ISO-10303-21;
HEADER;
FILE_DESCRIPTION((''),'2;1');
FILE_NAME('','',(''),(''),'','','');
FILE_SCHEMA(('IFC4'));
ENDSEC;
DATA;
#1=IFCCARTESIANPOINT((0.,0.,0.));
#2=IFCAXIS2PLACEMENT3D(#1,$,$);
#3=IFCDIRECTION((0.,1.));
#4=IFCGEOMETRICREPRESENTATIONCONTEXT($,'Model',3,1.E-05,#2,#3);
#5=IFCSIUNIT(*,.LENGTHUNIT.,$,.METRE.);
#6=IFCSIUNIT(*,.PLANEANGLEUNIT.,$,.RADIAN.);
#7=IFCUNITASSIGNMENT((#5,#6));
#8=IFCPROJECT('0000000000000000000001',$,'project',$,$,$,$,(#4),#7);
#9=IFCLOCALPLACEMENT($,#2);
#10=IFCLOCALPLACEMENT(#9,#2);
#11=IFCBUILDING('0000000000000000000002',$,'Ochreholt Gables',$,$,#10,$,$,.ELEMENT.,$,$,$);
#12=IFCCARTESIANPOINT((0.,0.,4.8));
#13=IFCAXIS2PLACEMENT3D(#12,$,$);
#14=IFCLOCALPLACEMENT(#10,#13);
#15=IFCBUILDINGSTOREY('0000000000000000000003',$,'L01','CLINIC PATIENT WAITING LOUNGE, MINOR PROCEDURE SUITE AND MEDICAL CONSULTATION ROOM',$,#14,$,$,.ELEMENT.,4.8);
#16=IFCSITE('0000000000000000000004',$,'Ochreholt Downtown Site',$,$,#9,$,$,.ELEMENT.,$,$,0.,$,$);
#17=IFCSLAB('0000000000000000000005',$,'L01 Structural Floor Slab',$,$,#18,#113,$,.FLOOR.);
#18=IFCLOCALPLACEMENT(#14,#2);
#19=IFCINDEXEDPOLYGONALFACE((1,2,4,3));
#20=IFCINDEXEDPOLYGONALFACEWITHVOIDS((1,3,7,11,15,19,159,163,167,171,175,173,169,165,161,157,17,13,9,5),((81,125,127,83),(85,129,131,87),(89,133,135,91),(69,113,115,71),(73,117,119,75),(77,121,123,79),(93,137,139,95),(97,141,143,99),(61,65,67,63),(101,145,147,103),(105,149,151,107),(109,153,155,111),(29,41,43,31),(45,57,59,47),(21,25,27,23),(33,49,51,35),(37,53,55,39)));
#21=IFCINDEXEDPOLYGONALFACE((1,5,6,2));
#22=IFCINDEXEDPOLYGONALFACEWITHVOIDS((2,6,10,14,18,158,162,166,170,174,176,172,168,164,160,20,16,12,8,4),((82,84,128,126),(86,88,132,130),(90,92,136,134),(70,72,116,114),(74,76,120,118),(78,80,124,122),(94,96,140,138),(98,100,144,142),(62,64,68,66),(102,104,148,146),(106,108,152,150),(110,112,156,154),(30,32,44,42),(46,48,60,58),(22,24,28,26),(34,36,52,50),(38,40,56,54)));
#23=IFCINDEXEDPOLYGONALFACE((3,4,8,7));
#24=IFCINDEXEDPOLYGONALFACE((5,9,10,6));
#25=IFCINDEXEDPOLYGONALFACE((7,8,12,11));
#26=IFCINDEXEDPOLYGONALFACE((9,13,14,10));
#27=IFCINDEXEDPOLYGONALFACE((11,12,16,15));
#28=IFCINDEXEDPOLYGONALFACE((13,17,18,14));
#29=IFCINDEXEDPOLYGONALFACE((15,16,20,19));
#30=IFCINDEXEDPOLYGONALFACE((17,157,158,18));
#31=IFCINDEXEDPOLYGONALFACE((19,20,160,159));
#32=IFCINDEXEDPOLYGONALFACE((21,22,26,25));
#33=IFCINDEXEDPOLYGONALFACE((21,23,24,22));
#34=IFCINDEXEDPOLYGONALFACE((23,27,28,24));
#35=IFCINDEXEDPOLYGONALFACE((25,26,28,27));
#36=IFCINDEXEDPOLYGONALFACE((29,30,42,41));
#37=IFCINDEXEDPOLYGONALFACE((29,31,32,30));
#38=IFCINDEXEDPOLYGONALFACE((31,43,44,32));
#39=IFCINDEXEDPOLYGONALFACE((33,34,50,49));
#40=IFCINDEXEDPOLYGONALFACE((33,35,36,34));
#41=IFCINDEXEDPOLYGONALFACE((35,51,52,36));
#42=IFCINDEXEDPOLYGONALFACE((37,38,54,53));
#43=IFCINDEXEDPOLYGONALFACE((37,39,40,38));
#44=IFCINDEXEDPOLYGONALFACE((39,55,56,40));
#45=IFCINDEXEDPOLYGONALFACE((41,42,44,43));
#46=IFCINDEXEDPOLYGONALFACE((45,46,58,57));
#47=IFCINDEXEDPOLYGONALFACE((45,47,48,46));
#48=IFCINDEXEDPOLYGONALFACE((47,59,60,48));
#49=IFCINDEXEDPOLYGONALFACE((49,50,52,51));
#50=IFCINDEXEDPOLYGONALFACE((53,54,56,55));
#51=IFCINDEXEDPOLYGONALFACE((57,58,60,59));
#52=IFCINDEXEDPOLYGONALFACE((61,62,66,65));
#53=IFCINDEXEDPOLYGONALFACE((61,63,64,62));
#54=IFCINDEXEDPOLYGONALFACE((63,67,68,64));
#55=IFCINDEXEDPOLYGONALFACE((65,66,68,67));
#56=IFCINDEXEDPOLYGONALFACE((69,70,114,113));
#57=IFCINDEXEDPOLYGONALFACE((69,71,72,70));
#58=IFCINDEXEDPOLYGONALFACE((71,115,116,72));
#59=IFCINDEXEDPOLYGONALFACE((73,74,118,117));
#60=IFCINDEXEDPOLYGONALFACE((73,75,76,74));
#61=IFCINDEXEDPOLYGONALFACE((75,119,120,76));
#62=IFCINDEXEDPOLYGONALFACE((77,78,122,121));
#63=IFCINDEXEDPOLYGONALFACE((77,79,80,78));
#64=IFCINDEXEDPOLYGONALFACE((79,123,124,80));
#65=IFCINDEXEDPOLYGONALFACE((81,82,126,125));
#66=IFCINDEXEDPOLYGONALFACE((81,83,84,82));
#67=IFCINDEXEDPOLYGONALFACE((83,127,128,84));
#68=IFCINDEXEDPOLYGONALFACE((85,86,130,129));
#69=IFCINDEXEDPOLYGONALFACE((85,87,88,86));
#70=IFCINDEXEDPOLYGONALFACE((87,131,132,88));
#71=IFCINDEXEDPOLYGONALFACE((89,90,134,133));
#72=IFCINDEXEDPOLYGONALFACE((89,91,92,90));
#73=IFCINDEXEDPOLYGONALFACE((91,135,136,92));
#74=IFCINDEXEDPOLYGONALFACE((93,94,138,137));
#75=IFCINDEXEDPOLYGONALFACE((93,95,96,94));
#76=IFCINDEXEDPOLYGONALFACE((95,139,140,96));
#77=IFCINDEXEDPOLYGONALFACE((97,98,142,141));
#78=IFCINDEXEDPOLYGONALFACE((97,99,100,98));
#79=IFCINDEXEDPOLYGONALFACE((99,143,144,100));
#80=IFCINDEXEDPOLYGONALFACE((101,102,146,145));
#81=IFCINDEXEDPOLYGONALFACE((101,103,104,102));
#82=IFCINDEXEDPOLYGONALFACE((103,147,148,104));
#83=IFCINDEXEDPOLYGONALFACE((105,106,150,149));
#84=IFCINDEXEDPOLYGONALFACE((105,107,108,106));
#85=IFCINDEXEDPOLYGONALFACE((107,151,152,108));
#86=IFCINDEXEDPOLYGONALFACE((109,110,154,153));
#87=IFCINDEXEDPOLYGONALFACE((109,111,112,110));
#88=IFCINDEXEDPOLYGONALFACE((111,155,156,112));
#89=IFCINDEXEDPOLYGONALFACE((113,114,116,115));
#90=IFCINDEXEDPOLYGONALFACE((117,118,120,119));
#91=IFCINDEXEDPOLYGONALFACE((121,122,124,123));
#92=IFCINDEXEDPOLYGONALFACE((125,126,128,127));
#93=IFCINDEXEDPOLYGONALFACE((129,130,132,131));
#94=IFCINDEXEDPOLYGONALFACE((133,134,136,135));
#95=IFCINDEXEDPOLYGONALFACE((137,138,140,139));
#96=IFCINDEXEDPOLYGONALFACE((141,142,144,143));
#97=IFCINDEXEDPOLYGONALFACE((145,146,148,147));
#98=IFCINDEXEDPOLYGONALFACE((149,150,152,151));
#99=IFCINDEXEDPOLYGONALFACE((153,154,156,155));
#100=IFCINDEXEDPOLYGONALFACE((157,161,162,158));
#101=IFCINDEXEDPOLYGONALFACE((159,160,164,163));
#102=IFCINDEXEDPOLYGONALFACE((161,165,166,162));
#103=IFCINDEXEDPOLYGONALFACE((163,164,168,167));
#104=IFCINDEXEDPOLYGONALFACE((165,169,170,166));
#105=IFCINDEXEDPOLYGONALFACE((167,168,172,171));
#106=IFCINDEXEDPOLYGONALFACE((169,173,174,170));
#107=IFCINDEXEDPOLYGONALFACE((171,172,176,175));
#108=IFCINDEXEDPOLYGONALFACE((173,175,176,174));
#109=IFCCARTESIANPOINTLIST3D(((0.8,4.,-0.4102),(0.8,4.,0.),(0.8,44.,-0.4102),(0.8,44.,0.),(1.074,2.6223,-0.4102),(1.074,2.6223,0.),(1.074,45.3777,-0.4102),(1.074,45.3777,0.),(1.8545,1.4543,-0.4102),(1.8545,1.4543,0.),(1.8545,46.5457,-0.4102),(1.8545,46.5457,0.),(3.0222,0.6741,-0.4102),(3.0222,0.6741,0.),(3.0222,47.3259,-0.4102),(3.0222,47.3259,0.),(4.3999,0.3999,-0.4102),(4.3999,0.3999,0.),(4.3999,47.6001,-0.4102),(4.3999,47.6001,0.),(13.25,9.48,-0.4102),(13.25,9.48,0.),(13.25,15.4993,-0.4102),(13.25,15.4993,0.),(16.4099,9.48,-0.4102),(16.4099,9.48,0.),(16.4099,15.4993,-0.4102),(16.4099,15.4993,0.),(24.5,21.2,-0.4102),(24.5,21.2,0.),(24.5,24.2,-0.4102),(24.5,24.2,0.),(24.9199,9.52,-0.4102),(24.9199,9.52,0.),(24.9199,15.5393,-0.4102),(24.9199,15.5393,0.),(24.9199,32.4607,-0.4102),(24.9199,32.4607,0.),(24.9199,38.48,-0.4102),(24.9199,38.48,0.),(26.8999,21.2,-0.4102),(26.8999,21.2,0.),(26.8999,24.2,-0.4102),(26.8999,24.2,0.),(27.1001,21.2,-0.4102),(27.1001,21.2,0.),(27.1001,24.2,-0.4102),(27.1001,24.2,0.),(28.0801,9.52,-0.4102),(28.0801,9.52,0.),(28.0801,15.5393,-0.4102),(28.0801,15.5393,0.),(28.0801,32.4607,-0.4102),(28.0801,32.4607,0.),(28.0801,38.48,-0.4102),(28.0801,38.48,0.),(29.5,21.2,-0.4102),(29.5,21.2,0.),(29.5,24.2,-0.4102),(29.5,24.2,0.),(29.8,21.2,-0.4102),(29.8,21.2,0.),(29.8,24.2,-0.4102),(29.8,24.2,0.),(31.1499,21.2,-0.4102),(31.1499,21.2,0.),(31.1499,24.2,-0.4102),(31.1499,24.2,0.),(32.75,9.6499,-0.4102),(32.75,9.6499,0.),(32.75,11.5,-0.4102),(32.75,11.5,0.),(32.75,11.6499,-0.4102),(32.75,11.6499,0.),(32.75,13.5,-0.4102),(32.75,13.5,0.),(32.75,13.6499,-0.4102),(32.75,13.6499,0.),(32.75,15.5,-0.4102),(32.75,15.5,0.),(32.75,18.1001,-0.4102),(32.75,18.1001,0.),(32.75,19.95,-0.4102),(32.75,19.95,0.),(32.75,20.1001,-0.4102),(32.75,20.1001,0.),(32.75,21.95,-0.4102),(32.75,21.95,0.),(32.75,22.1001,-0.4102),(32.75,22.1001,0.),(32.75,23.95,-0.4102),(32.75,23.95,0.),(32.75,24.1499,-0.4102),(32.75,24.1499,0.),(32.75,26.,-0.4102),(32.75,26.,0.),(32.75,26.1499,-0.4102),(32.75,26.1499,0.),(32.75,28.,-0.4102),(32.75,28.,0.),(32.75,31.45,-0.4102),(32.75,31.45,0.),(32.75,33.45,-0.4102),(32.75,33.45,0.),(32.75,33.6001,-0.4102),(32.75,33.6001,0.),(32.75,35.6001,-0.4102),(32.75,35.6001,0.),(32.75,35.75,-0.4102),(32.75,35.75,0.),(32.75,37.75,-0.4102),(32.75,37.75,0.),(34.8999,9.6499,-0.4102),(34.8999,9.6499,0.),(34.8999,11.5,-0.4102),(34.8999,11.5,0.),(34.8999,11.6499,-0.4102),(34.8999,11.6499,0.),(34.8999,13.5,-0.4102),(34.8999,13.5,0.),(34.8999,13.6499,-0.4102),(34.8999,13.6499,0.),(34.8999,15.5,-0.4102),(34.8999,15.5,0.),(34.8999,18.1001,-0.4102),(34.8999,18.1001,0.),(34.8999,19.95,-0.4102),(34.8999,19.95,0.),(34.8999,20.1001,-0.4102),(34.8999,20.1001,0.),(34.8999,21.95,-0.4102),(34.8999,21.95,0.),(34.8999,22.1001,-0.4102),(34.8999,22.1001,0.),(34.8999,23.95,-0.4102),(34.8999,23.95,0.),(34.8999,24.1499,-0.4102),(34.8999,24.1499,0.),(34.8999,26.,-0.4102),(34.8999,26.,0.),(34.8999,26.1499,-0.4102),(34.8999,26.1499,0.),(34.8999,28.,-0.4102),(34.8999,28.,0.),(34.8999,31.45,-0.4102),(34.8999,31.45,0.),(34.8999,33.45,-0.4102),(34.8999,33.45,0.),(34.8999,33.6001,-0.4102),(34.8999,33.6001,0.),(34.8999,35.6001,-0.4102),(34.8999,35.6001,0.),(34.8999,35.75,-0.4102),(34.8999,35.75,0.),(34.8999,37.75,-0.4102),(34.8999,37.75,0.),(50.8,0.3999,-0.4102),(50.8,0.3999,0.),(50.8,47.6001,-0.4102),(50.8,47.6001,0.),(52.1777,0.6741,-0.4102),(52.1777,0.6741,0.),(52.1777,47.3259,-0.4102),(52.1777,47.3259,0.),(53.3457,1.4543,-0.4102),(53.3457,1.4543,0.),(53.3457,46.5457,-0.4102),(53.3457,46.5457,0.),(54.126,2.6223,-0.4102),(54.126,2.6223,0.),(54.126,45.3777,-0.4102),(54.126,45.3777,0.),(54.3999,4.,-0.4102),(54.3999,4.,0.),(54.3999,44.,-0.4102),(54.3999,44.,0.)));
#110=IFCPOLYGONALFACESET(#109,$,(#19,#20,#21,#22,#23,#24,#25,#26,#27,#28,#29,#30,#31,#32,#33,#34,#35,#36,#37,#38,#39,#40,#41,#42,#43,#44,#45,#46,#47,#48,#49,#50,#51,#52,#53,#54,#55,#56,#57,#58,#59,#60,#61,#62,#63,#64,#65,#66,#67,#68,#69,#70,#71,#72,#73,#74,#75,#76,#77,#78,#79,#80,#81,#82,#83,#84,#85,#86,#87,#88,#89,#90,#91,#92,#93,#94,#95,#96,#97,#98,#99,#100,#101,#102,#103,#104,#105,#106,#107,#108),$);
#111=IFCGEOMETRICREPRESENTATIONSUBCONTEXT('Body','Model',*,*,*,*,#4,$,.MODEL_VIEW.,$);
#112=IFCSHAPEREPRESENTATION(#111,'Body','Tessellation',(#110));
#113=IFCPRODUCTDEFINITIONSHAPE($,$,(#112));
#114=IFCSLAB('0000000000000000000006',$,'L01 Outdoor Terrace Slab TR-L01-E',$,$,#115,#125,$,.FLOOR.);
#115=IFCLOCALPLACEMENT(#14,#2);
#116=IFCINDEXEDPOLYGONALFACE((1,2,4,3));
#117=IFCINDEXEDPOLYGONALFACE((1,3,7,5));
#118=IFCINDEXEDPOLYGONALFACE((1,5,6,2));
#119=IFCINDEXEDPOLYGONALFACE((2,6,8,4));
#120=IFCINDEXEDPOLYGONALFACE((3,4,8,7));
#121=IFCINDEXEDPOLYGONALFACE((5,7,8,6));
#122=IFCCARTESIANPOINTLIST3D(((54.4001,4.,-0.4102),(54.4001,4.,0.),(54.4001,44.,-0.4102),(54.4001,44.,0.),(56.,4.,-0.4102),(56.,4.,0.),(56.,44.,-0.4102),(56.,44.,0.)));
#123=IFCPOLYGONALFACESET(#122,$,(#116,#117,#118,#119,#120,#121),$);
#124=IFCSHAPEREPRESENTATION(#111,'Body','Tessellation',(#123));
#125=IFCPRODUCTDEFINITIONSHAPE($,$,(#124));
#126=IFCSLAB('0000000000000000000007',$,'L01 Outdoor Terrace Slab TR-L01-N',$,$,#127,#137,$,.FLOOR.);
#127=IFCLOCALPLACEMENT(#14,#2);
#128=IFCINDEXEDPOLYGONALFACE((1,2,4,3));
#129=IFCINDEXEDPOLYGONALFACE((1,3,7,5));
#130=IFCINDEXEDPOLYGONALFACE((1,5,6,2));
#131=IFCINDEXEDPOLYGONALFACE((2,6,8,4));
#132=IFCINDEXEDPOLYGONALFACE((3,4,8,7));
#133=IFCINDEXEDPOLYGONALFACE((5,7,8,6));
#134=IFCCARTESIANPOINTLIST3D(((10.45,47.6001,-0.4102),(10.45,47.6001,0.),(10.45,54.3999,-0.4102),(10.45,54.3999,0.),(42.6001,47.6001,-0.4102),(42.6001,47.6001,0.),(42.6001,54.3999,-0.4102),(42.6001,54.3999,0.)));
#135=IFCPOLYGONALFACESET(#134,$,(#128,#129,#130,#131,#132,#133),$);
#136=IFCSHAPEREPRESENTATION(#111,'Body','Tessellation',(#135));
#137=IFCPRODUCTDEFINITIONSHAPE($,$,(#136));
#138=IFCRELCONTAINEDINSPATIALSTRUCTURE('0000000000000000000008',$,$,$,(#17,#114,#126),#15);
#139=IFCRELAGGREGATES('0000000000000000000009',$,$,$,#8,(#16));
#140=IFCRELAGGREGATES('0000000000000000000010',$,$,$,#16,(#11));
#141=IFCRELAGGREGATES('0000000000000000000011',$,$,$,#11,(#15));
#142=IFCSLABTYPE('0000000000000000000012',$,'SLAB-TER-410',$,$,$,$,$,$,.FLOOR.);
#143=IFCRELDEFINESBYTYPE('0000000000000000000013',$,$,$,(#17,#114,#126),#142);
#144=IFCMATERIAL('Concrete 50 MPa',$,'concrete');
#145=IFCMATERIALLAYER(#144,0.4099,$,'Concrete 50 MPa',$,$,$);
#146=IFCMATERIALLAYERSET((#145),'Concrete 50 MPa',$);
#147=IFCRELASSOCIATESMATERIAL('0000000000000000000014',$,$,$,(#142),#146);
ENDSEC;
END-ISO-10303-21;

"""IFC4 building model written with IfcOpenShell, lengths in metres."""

from ifc_helpers import new_model, si_unit, direction, frame, origin, place, context, subcontext, project, spatial, polyline, outline, extrude, material, layer, layer_set, type_object, element, save


model = new_model("IFC4")

# Units and contexts
model_context = context("Model", 3, precision=1e-05, world=origin(), true_north=direction((0.0, 1.0)))
body_context = subcontext(model_context, "Body", "Model", "MODEL_VIEW")
ifc_project = project(units=[si_unit("LENGTHUNIT", "METRE"), si_unit("PLANEANGLEUNIT", "RADIAN")], contexts=[model_context])

# Site, building, storey
site_placement = place(None, origin())
site = spatial("IfcSite", under=ifc_project, at=site_placement, Name="Ochreholt Downtown Site", CompositionType="ELEMENT", RefElevation=0.0)
building_placement = place(site_placement, origin())
building = spatial("IfcBuilding", under=site, at=building_placement, Name="Ochreholt Gables", CompositionType="ELEMENT")
storey_placement = place(building_placement, frame((0.0, 0.0, 4.8)))
storey = spatial("IfcBuildingStorey", under=building, at=storey_placement, Name="L01", Description="CLINIC PATIENT WAITING LOUNGE, MINOR PROCEDURE SUITE AND MEDICAL CONSULTATION ROOM", CompositionType="ELEMENT", Elevation=4.8)

# Slabs
ifc_material_1 = material(Name="Concrete 50 MPa", Category="concrete")
ifc_layer_1 = layer(ifc_material_1, 0.4099, Name="Concrete 50 MPa")
ifc_layer_set_1 = layer_set([ifc_layer_1], Name="Concrete 50 MPa")
slab_type_1 = type_object("IfcSlabType", Name="SLAB-TER-410", PredefinedType="FLOOR", material=ifc_layer_set_1)
slab_1_placement = place(storey_placement, frame((0.0, 0.0, -0.4102)))
element("IfcSlab", 1, at=slab_1_placement, inside=storey, type_object=slab_type_1, Name="L01 Structural Floor Slab", PredefinedType="FLOOR", context=body_context, shape_type="SweptSolid", body=[
    extrude(outline(polyline([(0.8, 4.0), (1.074, 2.6223), (1.8545, 1.4543), (3.0222, 0.6741), (4.3999, 0.3999), (50.8, 0.3999), (52.1777, 0.6741), (53.3457, 1.4543), (54.126, 2.6223), (54.3999, 4.0), (54.3999, 44.0), (54.126, 45.3777), (53.3457, 46.5457), (52.1777, 47.3259), (50.8, 47.6001), (4.3999, 47.6001), (3.0222, 47.3259), (1.8545, 46.5457), (1.074, 45.3777), (0.8, 44.0), (0.8, 4.0)]), holes=[polyline([(24.9199, 15.5393), (24.9199, 9.52), (28.0801, 9.52), (28.0801, 15.5393), (24.9199, 15.5393)]), polyline([(28.0801, 32.4607), (28.0801, 38.48), (24.9199, 38.48), (24.9199, 32.4607), (28.0801, 32.4607)]), polyline([(13.25, 15.4993), (13.25, 9.48), (16.4099, 9.48), (16.4099, 15.4993), (13.25, 15.4993)]), polyline([(24.5, 21.2), (26.8999, 21.2), (26.8999, 24.2), (24.5, 24.2), (24.5, 21.2)]), polyline([(27.1001, 21.2), (29.5, 21.2), (29.5, 24.2), (27.1001, 24.2), (27.1001, 21.2)]), polyline([(32.75, 9.6499), (34.8999, 9.6499), (34.8999, 11.5), (32.75, 11.5), (32.75, 9.6499)]), polyline([(32.75, 11.6499), (34.8999, 11.6499), (34.8999, 13.5), (32.75, 13.5), (32.75, 11.6499)]), polyline([(32.75, 13.6499), (34.8999, 13.6499), (34.8999, 15.5), (32.75, 15.5), (32.75, 13.6499)]), polyline([(32.75, 18.1001), (34.8999, 18.1001), (34.8999, 19.95), (32.75, 19.95), (32.75, 18.1001)]), polyline([(32.75, 20.1001), (34.8999, 20.1001), (34.8999, 21.95), (32.75, 21.95), (32.75, 20.1001)]), polyline([(32.75, 22.1001), (34.8999, 22.1001), (34.8999, 23.95), (32.75, 23.95), (32.75, 22.1001)]), polyline([(32.75, 24.1499), (34.8999, 24.1499), (34.8999, 26.0), (32.75, 26.0), (32.75, 24.1499)]), polyline([(32.75, 26.1499), (34.8999, 26.1499), (34.8999, 28.0), (32.75, 28.0), (32.75, 26.1499)]), polyline([(32.75, 31.45), (34.8999, 31.45), (34.8999, 33.45), (32.75, 33.45), (32.75, 31.45)]), polyline([(32.75, 33.6001), (34.8999, 33.6001), (34.8999, 35.6001), (32.75, 35.6001), (32.75, 33.6001)]), polyline([(32.75, 35.75), (34.8999, 35.75), (34.8999, 37.75), (32.75, 37.75), (32.75, 35.75)]), polyline([(29.8, 21.2), (31.1499, 21.2), (31.1499, 24.2), (29.8, 24.2), (29.8, 21.2)])]), origin(), (0.0, 0.0, 1.0), 0.4102),
])
slab_2_placement = place(storey_placement, frame((0.0, 0.0, -0.4102)))
element("IfcSlab", 2, at=slab_2_placement, inside=storey, type_object=slab_type_1, Name="L01 Outdoor Terrace Slab TR-L01-E", PredefinedType="FLOOR", context=body_context, shape_type="SweptSolid", body=[
    extrude(outline(polyline([(54.4001, 4.0), (56.0, 4.0), (56.0, 44.0), (54.4001, 44.0), (54.4001, 4.0)])), origin(), (0.0, 0.0, 1.0), 0.4102),
])
slab_3_placement = place(storey_placement, frame((0.0, 0.0, -0.4102)))
element("IfcSlab", 3, at=slab_3_placement, inside=storey, type_object=slab_type_1, Name="L01 Outdoor Terrace Slab TR-L01-N", PredefinedType="FLOOR", context=body_context, shape_type="SweptSolid", body=[
    extrude(outline(polyline([(10.45, 47.6001), (42.6001, 47.6001), (42.6001, 54.3999), (10.45, 54.3999), (10.45, 47.6001)])), origin(), (0.0, 0.0, 1.0), 0.4102),
])

save(model, "model.ifc")
